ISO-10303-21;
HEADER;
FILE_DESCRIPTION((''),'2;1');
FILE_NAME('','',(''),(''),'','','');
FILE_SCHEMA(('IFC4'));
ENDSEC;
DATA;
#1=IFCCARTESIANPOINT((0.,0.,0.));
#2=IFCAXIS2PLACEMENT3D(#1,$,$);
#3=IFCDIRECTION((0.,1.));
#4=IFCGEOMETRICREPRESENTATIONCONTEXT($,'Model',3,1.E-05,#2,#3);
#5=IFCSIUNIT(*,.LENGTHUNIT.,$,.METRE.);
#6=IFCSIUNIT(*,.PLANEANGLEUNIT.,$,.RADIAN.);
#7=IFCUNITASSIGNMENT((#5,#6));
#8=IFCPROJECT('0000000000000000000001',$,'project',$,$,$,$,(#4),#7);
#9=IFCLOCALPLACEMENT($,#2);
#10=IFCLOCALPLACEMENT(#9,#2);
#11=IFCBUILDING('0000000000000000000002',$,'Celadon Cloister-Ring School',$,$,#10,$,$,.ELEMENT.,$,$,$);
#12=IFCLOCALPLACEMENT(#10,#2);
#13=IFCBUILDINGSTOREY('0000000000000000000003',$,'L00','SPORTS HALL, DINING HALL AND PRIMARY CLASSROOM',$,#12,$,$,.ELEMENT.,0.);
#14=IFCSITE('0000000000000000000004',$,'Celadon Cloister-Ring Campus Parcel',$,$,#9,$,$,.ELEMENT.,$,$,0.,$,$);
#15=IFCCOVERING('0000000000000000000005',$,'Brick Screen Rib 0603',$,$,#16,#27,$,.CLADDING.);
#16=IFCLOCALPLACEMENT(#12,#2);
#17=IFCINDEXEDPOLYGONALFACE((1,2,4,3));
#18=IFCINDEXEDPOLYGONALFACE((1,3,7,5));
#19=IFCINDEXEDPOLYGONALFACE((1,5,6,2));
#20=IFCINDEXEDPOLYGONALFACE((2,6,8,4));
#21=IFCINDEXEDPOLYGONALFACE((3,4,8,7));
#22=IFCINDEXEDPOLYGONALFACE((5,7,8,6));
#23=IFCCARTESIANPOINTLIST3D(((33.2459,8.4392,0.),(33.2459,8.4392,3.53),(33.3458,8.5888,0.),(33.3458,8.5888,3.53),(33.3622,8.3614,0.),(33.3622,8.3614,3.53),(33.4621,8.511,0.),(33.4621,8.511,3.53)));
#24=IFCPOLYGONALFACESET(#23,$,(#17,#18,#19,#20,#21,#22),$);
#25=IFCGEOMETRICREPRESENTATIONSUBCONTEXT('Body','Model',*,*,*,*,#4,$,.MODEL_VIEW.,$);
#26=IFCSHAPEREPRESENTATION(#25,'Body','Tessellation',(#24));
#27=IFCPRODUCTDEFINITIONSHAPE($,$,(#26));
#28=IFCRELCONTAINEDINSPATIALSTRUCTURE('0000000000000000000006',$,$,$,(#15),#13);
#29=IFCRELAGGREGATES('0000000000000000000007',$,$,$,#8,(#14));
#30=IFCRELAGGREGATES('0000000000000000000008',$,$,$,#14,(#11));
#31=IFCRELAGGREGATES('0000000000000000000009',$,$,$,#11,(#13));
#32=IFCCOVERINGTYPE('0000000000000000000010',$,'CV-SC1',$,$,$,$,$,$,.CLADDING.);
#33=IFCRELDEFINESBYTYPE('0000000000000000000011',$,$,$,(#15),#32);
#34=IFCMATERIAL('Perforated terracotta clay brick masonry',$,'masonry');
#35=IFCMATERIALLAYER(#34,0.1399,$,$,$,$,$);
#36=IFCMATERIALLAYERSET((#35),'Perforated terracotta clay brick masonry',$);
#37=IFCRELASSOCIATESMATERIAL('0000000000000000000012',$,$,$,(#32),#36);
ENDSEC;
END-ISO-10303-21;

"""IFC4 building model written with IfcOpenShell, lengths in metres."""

from ifc_helpers import new_model, si_unit, direction, frame, origin, origin_2d, place, context, subcontext, project, spatial, rectangle, extrude, material, layer, layer_set, type_object, element, save


model = new_model("IFC4")

# Units and contexts
model_context = context("Model", 3, precision=1e-05, world=origin(), true_north=direction((0.0, 1.0)))
body_context = subcontext(model_context, "Body", "Model", "MODEL_VIEW")
ifc_project = project(units=[si_unit("LENGTHUNIT", "METRE"), si_unit("PLANEANGLEUNIT", "RADIAN")], contexts=[model_context])

# Site, building, storey
site_placement = place(None, origin())
site = spatial("IfcSite", under=ifc_project, at=site_placement, Name="Celadon Cloister-Ring Campus Parcel", CompositionType="ELEMENT", RefElevation=0.0)
building_placement = place(site_placement, origin())
building = spatial("IfcBuilding", under=site, at=building_placement, Name="Celadon Cloister-Ring School", CompositionType="ELEMENT")
storey_placement = place(building_placement, origin())
storey = spatial("IfcBuildingStorey", under=building, at=storey_placement, Name="L00", Description="SPORTS HALL, DINING HALL AND PRIMARY CLASSROOM", CompositionType="ELEMENT", Elevation=0.0)

# Covering
ifc_material_1 = material(Name="Perforated terracotta clay brick masonry", Category="masonry")
ifc_layer_1 = layer(ifc_material_1, 0.1399)
ifc_layer_set_1 = layer_set([ifc_layer_1], Name="Perforated terracotta clay brick masonry")
covering_type = type_object("IfcCoveringType", Name="CV-SC1", PredefinedType="CLADDING", material=ifc_layer_set_1)
for number, where, z_axis, x_axis, name in (
    (1, (33.354, 8.4751, 0.0), (0.0, 0.0, 1.0), (-0.555686, -0.831392, 0.0), "Brick Screen Rib 0603"),
):
    element("IfcCovering", number, at=place(storey_placement, frame(where, z_axis=z_axis, x_axis=x_axis)), inside=storey, type_object=covering_type, Name=name, PredefinedType="CLADDING", context=body_context, shape_type="SweptSolid", body=[
        extrude(rectangle(XDim=0.1799, YDim=0.1399, at=origin_2d()), origin(), (0.0, 0.0, 1.0), 3.53),
    ])

save(model, "model.ifc")
